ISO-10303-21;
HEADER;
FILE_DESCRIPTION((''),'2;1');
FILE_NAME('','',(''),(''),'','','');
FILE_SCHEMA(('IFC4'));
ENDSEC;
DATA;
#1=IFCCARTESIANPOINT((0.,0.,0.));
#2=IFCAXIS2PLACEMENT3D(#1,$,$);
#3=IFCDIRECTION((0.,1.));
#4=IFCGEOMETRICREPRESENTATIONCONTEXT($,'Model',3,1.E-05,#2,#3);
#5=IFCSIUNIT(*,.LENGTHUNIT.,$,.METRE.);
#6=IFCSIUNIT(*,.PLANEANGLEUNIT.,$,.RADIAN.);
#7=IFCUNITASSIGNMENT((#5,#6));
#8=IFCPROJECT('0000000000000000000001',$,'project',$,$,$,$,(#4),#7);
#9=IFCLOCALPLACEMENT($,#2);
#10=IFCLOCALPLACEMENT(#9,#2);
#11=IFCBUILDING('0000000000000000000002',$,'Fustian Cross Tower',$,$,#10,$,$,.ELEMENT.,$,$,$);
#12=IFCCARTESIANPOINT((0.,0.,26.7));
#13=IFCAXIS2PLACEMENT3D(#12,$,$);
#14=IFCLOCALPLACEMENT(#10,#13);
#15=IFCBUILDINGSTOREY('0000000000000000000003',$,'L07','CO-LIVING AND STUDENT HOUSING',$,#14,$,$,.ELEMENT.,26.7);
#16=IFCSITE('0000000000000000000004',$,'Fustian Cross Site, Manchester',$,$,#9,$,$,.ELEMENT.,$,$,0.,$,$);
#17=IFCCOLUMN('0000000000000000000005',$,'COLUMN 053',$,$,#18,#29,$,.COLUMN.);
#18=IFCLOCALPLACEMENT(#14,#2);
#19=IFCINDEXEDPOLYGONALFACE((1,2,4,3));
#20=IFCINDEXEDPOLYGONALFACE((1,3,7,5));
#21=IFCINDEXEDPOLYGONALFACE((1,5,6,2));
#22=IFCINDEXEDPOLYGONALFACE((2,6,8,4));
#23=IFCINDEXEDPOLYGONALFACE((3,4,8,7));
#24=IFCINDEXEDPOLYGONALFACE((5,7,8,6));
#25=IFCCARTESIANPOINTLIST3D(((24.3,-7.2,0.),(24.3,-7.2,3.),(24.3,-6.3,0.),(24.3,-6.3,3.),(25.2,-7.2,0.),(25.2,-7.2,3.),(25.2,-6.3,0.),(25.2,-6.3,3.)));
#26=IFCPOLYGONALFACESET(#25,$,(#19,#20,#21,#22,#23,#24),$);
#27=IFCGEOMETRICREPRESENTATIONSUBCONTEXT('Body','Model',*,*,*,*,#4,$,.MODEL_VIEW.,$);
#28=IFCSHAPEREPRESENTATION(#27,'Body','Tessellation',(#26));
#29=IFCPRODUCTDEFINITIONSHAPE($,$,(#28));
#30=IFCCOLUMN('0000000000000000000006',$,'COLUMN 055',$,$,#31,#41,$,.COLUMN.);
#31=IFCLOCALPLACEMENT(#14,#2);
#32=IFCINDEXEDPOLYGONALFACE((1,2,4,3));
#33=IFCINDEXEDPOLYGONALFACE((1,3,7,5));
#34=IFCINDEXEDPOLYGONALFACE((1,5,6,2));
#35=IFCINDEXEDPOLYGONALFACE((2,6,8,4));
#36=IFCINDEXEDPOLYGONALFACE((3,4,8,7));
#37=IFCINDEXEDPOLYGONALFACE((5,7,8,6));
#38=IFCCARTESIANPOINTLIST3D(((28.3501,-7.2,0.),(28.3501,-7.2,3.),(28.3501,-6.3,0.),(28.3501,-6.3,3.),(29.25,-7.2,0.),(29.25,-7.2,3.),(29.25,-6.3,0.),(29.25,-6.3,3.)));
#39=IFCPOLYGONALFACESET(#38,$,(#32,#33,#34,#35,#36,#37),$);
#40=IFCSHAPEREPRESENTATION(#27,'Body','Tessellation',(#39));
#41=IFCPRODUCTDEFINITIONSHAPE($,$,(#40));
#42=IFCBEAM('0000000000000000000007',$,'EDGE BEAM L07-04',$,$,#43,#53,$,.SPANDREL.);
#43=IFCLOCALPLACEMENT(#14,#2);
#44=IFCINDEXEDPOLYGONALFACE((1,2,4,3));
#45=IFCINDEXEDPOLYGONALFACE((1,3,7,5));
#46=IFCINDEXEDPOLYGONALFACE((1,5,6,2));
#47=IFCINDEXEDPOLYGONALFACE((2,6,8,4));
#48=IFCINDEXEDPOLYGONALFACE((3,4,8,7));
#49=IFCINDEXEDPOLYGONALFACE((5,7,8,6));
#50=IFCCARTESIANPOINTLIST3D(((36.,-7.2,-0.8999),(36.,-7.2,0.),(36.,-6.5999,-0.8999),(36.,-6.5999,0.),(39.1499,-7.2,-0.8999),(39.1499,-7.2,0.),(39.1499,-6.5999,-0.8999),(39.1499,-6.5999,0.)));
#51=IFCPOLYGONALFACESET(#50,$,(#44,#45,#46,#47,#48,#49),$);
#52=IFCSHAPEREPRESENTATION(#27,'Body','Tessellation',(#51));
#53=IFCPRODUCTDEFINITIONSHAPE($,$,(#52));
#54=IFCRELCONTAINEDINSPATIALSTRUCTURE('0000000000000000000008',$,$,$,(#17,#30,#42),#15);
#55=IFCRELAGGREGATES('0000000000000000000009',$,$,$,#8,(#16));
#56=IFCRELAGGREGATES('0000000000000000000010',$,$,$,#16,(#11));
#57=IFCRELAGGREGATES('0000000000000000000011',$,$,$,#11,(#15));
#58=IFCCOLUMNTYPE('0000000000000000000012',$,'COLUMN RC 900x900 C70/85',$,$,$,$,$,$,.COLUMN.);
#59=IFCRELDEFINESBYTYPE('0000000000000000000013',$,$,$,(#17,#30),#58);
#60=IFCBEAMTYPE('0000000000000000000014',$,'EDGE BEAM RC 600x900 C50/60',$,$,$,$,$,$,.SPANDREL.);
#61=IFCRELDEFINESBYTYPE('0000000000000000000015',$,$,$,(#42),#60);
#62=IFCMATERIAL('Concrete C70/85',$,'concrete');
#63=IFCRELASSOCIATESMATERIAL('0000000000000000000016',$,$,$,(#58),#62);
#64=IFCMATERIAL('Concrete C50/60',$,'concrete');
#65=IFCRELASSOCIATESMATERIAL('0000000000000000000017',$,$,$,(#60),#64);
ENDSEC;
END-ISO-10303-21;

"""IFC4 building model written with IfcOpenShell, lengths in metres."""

from ifc_helpers import new_model, si_unit, direction, frame, origin, origin_2d, place, context, subcontext, project, spatial, rectangle, extrude, material, material_profile, profile_set, type_object, element, save


model = new_model("IFC4")

# Units and contexts
model_context = context("Model", 3, precision=1e-05, world=origin(), true_north=direction((0.0, 1.0)))
body_context = subcontext(model_context, "Body", "Model", "MODEL_VIEW")
ifc_project = project(units=[si_unit("LENGTHUNIT", "METRE"), si_unit("PLANEANGLEUNIT", "RADIAN")], contexts=[model_context])

# Site, building, storey
site_placement = place(None, origin())
site = spatial("IfcSite", under=ifc_project, at=site_placement, Name="Fustian Cross Site, Manchester", CompositionType="ELEMENT", RefElevation=0.0)
building_placement = place(site_placement, origin())
building = spatial("IfcBuilding", under=site, at=building_placement, Name="Fustian Cross Tower", CompositionType="ELEMENT")
storey_placement = place(building_placement, frame((0.0, 0.0, 26.7)))
storey = spatial("IfcBuildingStorey", under=building, at=storey_placement, Name="L07", Description="CO-LIVING AND STUDENT HOUSING", CompositionType="ELEMENT", Elevation=26.7)

# Columns
ifc_material_1 = material(Name="Concrete C70/85", Category="concrete")
ifc_material_profile_1 = material_profile(ifc_material_1, rectangle(XDim=0.8999, YDim=0.8999, at=origin_2d()), Name="RC 900x900")
ifc_profile_set_1 = profile_set([ifc_material_profile_1], Name="Concrete C70/85")
column_type = type_object("IfcColumnType", Name="COLUMN RC 900x900 C70/85", PredefinedType="COLUMN", material=ifc_profile_set_1)
for number, where, z_axis, x_axis, name in (
    (1, (24.75, -6.75, 0.0), (0.0, 0.0, 1.0), (1.0, 0.0, 0.0), "COLUMN 053"),
    (2, (28.8, -6.75, 0.0), (0.0, 0.0, 1.0), (1.0, 0.0, 0.0), "COLUMN 055"),
):
    element("IfcColumn", number, at=place(storey_placement, frame(where, z_axis=z_axis, x_axis=x_axis)), inside=storey, type_object=column_type, Name=name, PredefinedType="COLUMN", context=body_context, shape_type="SweptSolid", body=[
        extrude(rectangle(XDim=0.8999, YDim=0.8999, at=origin_2d()), origin(), (0.0, 0.0, 1.0), 3.0),
    ])

# Beam
ifc_material_2 = material(Name="Concrete C50/60", Category="concrete")
ifc_material_profile_2 = material_profile(ifc_material_2, rectangle(XDim=0.6001, YDim=0.8999, at=origin_2d()), Name="RC 600x900")
ifc_profile_set_2 = profile_set([ifc_material_profile_2], Name="Concrete C50/60")
beam_type = type_object("IfcBeamType", Name="EDGE BEAM RC 600x900 C50/60", PredefinedType="SPANDREL", material=ifc_profile_set_2)
beam_placement = place(storey_placement, frame((36.0, -6.8999, -0.45), z_axis=(1.0, 0.0, 0.0), x_axis=(0.0, 1.0, 0.0)))
element("IfcBeam", 3, at=beam_placement, inside=storey, type_object=beam_type, Name="EDGE BEAM L07-04", PredefinedType="SPANDREL", context=body_context, shape_type="SweptSolid", body=[
    extrude(rectangle(XDim=0.6001, YDim=0.8999, at=origin_2d()), origin(), (0.0, 0.0, 1.0), 3.1499),
])

save(model, "model.ifc")
